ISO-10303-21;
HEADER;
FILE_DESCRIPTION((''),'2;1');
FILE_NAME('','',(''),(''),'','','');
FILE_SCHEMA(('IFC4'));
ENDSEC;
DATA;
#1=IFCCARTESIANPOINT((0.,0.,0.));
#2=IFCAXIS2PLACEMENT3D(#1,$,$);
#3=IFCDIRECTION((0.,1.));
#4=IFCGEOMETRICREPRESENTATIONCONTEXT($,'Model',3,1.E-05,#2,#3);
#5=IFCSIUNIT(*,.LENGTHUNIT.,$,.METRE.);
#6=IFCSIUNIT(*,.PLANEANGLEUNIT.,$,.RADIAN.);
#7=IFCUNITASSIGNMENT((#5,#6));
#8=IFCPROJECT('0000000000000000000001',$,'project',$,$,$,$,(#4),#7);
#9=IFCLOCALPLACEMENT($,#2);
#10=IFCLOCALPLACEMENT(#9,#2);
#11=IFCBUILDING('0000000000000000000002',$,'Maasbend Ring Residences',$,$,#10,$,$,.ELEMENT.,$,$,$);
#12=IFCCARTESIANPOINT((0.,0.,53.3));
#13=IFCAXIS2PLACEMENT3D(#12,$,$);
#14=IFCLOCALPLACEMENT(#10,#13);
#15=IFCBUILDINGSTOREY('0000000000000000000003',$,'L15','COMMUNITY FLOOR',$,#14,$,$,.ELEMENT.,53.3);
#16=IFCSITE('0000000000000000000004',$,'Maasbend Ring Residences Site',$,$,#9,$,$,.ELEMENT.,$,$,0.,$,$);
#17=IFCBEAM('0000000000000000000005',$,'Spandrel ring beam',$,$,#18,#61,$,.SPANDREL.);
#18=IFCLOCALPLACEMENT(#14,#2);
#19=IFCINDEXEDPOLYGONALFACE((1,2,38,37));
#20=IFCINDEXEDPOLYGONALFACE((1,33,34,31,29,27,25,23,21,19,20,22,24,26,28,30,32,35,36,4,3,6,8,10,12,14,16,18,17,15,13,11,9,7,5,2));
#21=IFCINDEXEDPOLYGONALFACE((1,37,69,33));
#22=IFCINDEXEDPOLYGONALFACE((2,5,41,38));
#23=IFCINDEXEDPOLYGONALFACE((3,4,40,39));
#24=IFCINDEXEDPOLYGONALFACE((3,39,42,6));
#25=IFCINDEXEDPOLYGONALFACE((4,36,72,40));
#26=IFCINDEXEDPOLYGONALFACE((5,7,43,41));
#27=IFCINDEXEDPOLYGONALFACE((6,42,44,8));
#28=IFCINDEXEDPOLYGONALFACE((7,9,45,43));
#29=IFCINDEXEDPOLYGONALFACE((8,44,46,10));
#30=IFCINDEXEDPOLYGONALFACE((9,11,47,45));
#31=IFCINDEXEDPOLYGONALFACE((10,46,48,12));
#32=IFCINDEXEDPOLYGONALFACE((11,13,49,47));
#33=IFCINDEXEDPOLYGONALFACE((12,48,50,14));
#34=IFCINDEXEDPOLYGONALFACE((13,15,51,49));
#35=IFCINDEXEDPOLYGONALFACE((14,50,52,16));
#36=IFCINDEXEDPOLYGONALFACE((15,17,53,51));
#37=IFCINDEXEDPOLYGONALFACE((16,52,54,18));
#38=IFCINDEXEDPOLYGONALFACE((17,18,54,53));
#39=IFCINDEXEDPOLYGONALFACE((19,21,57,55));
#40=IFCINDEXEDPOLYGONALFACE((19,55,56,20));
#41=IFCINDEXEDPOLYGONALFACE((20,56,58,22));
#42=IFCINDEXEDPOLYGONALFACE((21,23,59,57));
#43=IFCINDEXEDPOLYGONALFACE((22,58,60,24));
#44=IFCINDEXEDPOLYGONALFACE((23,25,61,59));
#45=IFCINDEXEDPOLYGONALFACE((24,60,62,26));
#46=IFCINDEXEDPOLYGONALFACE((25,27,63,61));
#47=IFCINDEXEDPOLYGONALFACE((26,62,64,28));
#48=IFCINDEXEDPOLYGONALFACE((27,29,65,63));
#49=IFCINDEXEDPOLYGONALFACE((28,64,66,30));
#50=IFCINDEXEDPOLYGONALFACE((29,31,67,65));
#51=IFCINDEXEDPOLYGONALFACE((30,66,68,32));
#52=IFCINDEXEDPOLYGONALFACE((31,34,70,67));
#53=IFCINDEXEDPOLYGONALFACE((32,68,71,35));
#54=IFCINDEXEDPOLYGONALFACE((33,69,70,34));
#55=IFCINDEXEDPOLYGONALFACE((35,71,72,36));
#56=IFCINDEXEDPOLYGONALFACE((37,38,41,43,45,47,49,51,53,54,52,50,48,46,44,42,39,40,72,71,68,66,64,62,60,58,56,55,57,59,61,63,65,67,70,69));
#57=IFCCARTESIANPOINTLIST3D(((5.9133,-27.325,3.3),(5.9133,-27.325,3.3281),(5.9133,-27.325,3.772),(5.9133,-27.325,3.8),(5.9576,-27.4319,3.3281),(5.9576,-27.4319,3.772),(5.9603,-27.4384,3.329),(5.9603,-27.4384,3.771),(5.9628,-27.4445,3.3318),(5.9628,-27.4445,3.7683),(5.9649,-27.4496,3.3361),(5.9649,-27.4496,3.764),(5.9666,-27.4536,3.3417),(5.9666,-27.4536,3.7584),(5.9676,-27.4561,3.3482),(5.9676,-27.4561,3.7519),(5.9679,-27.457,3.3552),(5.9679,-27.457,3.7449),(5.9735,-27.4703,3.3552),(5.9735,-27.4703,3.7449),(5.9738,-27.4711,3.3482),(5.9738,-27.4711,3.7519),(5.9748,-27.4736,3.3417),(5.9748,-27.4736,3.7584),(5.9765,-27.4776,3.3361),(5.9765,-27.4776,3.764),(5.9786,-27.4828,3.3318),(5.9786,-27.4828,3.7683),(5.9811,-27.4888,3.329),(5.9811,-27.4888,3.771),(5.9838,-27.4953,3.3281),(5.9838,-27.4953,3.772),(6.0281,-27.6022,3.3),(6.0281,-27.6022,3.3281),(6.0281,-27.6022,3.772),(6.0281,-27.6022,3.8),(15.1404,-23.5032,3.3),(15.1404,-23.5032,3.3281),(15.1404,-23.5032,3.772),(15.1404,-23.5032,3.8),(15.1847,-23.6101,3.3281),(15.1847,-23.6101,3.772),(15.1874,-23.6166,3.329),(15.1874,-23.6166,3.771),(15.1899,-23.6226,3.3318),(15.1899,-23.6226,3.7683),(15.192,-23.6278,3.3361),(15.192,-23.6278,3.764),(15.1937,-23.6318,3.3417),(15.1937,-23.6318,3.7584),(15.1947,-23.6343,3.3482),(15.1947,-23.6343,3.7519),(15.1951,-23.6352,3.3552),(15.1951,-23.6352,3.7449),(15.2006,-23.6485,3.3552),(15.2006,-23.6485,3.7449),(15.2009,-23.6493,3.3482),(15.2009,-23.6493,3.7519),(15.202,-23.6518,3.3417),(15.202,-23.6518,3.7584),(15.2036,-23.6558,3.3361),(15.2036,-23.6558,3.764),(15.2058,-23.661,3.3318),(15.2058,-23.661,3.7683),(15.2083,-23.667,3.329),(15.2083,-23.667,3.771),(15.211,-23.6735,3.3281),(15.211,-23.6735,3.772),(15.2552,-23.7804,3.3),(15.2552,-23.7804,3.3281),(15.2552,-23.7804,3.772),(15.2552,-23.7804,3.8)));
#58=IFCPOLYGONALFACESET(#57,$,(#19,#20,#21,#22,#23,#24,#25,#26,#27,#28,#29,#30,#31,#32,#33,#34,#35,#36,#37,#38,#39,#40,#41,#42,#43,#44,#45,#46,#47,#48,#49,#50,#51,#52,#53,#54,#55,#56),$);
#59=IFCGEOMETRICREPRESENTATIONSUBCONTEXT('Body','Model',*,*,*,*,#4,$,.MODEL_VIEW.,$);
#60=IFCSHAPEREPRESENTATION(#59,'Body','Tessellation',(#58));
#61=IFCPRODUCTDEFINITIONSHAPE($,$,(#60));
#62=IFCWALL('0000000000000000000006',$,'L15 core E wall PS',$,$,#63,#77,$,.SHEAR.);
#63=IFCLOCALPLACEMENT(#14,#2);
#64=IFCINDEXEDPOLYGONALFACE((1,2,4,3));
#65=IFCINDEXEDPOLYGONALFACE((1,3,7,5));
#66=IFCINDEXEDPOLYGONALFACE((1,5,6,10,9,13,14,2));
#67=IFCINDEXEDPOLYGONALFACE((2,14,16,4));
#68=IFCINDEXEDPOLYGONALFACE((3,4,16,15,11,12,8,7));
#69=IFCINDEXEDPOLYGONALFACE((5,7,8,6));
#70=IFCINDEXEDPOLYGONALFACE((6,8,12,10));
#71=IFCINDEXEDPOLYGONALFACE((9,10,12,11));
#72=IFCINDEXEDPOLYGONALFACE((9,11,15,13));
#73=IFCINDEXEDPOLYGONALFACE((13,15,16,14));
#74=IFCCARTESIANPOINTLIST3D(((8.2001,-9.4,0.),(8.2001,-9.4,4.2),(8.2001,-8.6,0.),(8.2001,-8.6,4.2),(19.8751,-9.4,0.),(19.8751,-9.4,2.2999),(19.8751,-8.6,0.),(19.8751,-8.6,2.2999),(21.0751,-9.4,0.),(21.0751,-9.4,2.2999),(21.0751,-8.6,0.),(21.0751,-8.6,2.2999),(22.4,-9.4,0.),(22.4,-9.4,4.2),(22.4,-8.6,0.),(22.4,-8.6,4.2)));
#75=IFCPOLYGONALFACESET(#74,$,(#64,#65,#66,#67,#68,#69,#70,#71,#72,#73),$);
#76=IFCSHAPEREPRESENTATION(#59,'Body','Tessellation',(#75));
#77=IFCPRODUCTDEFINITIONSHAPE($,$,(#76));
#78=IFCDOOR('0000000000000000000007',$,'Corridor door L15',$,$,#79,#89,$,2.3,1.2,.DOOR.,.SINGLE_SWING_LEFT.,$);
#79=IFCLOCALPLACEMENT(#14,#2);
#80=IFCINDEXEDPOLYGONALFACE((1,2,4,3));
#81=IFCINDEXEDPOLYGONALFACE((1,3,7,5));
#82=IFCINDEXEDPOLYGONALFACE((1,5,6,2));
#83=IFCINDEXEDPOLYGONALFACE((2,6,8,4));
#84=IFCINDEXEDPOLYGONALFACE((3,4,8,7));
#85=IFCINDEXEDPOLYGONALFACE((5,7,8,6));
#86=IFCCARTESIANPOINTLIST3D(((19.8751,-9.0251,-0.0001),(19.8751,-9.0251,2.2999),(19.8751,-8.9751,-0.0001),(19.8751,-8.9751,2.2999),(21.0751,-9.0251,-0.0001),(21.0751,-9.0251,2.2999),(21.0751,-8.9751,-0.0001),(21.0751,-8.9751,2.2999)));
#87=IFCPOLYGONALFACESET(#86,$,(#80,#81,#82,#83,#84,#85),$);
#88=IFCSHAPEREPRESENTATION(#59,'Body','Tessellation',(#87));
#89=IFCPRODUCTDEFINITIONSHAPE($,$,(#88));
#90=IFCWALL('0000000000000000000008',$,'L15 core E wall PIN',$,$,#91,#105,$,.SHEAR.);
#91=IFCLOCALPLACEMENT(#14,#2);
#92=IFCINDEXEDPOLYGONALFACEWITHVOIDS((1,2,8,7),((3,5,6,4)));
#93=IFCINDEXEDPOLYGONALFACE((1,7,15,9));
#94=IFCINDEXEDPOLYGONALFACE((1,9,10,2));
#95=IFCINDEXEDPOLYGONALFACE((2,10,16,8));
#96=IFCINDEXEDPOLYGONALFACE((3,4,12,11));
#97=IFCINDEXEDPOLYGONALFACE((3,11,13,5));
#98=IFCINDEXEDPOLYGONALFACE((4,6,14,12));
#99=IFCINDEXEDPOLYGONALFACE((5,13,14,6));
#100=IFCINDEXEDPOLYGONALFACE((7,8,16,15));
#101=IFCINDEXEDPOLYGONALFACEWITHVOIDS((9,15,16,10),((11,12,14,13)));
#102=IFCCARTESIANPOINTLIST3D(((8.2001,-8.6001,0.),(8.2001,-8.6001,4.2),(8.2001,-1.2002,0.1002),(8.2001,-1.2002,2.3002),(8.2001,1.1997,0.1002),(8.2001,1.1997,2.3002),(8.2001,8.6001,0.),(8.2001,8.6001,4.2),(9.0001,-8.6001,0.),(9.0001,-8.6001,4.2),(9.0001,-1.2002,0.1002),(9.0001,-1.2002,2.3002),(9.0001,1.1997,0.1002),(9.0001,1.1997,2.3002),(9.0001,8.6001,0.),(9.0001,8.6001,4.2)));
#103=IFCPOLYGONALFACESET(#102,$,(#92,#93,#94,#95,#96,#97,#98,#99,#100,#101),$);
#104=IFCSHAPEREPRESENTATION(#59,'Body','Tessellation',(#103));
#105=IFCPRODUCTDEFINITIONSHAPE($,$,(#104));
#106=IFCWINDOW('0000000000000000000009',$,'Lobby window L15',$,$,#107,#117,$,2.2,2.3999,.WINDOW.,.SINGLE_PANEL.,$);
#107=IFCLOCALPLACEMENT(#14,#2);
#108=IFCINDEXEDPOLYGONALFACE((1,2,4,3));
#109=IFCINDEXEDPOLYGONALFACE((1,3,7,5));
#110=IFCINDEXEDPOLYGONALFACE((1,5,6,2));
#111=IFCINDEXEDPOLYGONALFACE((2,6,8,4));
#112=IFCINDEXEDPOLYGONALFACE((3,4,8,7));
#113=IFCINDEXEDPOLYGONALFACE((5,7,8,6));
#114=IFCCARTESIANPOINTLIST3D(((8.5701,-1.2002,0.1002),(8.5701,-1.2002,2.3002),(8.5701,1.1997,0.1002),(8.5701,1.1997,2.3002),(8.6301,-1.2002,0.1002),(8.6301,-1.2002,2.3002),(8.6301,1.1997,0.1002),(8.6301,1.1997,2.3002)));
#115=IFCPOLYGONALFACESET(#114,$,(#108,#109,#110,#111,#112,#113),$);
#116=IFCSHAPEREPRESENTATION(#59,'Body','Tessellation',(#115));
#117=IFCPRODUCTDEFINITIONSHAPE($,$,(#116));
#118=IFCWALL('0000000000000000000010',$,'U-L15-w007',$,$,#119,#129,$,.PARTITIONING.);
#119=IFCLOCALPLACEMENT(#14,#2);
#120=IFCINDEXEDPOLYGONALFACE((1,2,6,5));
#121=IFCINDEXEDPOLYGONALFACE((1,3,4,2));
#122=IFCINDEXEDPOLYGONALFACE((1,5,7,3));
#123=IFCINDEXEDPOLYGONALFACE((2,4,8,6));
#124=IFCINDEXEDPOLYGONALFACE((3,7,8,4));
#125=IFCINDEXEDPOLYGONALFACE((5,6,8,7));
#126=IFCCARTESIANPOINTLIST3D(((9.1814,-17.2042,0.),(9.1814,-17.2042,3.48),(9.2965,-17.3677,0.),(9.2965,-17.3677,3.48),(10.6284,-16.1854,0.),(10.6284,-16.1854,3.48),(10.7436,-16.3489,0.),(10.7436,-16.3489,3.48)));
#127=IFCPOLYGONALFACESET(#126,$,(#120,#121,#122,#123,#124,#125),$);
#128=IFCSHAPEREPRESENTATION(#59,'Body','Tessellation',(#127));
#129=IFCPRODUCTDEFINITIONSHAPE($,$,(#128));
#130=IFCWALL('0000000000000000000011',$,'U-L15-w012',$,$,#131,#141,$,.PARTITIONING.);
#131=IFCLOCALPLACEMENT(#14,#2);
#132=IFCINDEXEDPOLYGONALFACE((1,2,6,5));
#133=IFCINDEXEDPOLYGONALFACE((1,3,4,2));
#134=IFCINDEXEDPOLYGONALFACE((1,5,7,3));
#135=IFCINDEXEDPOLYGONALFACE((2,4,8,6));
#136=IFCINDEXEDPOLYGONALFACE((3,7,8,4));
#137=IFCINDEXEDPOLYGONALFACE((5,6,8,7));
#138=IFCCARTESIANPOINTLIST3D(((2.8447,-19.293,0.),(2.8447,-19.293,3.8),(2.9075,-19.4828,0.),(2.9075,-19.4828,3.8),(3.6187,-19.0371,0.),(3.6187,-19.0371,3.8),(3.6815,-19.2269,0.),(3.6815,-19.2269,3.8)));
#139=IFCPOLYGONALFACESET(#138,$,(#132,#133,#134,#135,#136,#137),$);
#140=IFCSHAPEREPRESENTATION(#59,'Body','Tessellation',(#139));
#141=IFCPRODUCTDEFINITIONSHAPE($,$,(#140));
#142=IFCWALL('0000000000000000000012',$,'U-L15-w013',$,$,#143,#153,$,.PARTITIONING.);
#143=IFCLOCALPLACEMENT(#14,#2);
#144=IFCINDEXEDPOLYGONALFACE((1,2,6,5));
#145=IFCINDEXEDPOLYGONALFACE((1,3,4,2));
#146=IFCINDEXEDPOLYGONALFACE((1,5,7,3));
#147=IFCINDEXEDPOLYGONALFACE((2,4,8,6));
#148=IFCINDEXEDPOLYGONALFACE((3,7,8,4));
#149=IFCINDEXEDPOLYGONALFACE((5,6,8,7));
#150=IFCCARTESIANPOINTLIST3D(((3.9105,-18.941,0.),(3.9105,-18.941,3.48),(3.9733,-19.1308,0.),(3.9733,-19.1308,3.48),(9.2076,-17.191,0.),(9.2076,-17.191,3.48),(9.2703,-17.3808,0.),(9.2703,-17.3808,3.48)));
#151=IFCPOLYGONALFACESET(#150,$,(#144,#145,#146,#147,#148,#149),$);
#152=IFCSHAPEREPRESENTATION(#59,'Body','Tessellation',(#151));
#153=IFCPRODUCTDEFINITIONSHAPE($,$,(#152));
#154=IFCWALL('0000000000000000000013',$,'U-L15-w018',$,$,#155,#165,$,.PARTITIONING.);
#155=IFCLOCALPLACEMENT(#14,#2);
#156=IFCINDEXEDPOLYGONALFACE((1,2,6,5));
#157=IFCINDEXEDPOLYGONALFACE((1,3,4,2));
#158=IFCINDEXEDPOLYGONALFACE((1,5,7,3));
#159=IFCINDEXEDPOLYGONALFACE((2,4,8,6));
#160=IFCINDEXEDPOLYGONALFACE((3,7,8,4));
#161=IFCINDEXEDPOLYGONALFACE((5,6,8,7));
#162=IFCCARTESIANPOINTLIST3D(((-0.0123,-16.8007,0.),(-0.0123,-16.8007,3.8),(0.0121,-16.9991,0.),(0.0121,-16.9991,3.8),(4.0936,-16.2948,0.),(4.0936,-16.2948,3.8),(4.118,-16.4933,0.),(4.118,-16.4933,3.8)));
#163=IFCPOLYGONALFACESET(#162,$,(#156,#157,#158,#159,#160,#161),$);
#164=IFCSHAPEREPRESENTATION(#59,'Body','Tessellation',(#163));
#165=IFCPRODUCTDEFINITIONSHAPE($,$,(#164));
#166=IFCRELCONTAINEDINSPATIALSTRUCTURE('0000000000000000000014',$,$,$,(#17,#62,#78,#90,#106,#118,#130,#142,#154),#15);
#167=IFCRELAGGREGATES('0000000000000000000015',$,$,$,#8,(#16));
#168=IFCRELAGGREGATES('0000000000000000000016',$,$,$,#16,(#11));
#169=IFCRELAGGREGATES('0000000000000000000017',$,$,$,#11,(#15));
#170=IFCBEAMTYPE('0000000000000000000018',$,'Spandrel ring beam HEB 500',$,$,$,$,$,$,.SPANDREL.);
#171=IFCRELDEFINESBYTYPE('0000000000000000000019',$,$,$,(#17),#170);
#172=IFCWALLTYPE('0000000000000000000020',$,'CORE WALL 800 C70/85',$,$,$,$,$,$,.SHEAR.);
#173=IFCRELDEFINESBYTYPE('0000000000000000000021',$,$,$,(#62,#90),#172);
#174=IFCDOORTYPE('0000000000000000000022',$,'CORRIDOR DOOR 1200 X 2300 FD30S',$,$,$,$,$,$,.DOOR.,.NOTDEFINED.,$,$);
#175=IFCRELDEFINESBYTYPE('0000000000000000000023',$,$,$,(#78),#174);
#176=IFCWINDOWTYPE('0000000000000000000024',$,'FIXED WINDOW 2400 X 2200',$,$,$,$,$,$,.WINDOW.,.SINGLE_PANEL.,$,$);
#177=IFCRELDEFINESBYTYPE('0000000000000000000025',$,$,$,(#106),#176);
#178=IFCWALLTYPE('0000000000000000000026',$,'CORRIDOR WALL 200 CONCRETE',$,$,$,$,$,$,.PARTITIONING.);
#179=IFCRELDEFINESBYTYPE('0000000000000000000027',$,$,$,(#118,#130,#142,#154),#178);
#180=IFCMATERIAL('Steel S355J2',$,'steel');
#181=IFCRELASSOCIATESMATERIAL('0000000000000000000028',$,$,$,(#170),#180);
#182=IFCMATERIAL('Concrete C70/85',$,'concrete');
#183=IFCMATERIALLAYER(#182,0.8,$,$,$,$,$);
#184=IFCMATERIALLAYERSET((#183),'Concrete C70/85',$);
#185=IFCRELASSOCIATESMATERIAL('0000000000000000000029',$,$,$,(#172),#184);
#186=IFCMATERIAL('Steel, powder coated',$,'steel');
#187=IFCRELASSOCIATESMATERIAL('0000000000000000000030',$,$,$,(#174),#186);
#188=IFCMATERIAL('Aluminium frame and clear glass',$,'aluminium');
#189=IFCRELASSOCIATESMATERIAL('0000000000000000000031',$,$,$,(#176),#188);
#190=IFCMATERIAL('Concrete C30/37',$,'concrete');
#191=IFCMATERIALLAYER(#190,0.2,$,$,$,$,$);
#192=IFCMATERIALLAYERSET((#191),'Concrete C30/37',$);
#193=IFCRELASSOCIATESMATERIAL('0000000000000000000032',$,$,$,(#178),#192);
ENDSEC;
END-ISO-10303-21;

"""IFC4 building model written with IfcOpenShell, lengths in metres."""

from ifc_helpers import new_model, si_unit, direction, frame, frame_2d, origin, origin_2d, place, context, subcontext, project, spatial, rectangle, i_section, extrude, material, layer, layer_set, material_profile, profile_set, type_object, element, fill, save


model = new_model("IFC4")

# Units and contexts
model_context = context("Model", 3, precision=1e-05, world=origin(), true_north=direction((0.0, 1.0)))
body_context = subcontext(model_context, "Body", "Model", "MODEL_VIEW")
ifc_project = project(units=[si_unit("LENGTHUNIT", "METRE"), si_unit("PLANEANGLEUNIT", "RADIAN")], contexts=[model_context])

# Site, building, storey
site_placement = place(None, origin())
site = spatial("IfcSite", under=ifc_project, at=site_placement, Name="Maasbend Ring Residences Site", CompositionType="ELEMENT", RefElevation=0.0)
building_placement = place(site_placement, origin())
building = spatial("IfcBuilding", under=site, at=building_placement, Name="Maasbend Ring Residences", CompositionType="ELEMENT")
storey_placement = place(building_placement, frame((0.0, 0.0, 53.3)))
storey = spatial("IfcBuildingStorey", under=building, at=storey_placement, Name="L15", Description="COMMUNITY FLOOR", CompositionType="ELEMENT", Elevation=53.3)

# Beam
ifc_material_1 = material(Name="Steel S355J2", Category="steel")
ifc_material_profile_1 = material_profile(ifc_material_1, i_section(OverallWidth=0.3, OverallDepth=0.5, WebThickness=0.0144, FlangeThickness=0.0281, FilletRadius=0.0271, at=origin_2d()), Name="HEB 500")
ifc_profile_set_1 = profile_set([ifc_material_profile_1], Name="Steel S355J2")
beam_type_1 = type_object("IfcBeamType", Name="Spandrel ring beam HEB 500", PredefinedType="SPANDREL", material=ifc_profile_set_1)
beam_1_placement = place(storey_placement, frame((5.9707, -27.4636, 3.55), z_axis=(0.923886, 0.382667, 0.0), x_axis=(-0.382667, 0.923886, 0.0)))
element("IfcBeam", 1, at=beam_1_placement, inside=storey, type_object=beam_type_1, Name="Spandrel ring beam", PredefinedType="SPANDREL", context=body_context, shape_type="SweptSolid", body=[
    extrude(i_section(OverallWidth=0.3, OverallDepth=0.5, WebThickness=0.0144, FlangeThickness=0.0281, FilletRadius=0.0271, at=origin_2d()), origin(), (0.0, 0.0, 1.0), 9.9873),
])

# Wall, opening, door
ifc_material_2 = material(Name="Concrete C70/85", Category="concrete")
ifc_layer_1 = layer(ifc_material_2, 0.8)
ifc_layer_set_1 = layer_set([ifc_layer_1], Name="Concrete C70/85")
wall_type_1 = type_object("IfcWallType", Name="CORE WALL 800 C70/85", PredefinedType="SHEAR", material=ifc_layer_set_1)
wall_1_placement = place(storey_placement, frame((8.2, -9.0, 0.0), z_axis=(0.0, 0.0, 1.0), x_axis=(1.0, 0.0, 0.0)))
wall_1 = element("IfcWall", 2, at=wall_1_placement, inside=storey, type_object=wall_type_1, Name="L15 core E wall PS", PredefinedType="SHEAR", context=body_context, shape_type="SweptSolid", body=[
    extrude(rectangle(XDim=14.2, YDim=0.8, at=frame_2d((7.1001, 0.0))), origin(), (0.0, 0.0, 1.0), 4.2),
])
opening_1_placement = place(wall_1_placement, frame((11.675, 0.0, 0.0)))
opening_1 = element("IfcOpeningElement", 3, at=opening_1_placement, cuts=wall_1, PredefinedType="OPENING", context=body_context, shape_type="SweptSolid", body=[
    extrude(rectangle(XDim=1.2, YDim=2.3, at=frame_2d((0.6001, 1.1499))), frame((0.0, 0.4102, 0.0), z_axis=(0.0, -1.0, 0.0), x_axis=(1.0, 0.0, 0.0)), (0.0, 0.0, 1.0), 0.8201),
])
ifc_material_3 = material(Name="Steel, powder coated", Category="steel")
door_type_1 = type_object("IfcDoorType", Name="CORRIDOR DOOR 1200 X 2300 FD30S", OperationType="NOTDEFINED", PredefinedType="DOOR", material=ifc_material_3)
door_1_placement = place(opening_1_placement, origin())
door_1 = element("IfcDoor", 4, at=door_1_placement, inside=storey, type_object=door_type_1, Name="Corridor door L15", OperationType="SINGLE_SWING_LEFT", OverallHeight=2.3, OverallWidth=1.2, PredefinedType="DOOR", context=body_context, shape_type="SweptSolid", body=[
    extrude(rectangle(XDim=1.2, YDim=2.3, at=frame_2d((0.6001, 1.1499))), frame((0.0, 0.0249, 0.0), z_axis=(0.0, -1.0, 0.0), x_axis=(1.0, 0.0, 0.0)), (0.0, 0.0, 1.0), 0.05),
])
fill(opening_1, door_1)

# Wall, opening, window
wall_2_placement = place(storey_placement, frame((8.6001, -8.6001, 0.0), z_axis=(0.0, 0.0, 1.0), x_axis=(0.0, 1.0, 0.0)))
wall_2 = element("IfcWall", 5, at=wall_2_placement, inside=storey, type_object=wall_type_1, Name="L15 core E wall PIN", PredefinedType="SHEAR", context=body_context, shape_type="SweptSolid", body=[
    extrude(rectangle(XDim=17.2002, YDim=0.8, at=frame_2d((8.6001, 0.0))), origin(), (0.0, 0.0, 1.0), 4.2),
])
opening_2_placement = place(wall_2_placement, frame((7.3999, 0.0, 0.1001)))
opening_2 = element("IfcOpeningElement", 6, at=opening_2_placement, cuts=wall_2, PredefinedType="OPENING", context=body_context, shape_type="SweptSolid", body=[
    extrude(rectangle(XDim=2.3999, YDim=2.2, at=frame_2d((1.2, 1.1001))), frame((0.0, 0.4102, 0.0), z_axis=(0.0, -1.0, 0.0), x_axis=(1.0, 0.0, 0.0)), (0.0, 0.0, 1.0), 0.8201),
])
ifc_material_4 = material(Name="Aluminium frame and clear glass", Category="aluminium")
window_type = type_object("IfcWindowType", Name="FIXED WINDOW 2400 X 2200", PartitioningType="SINGLE_PANEL", PredefinedType="WINDOW", material=ifc_material_4)
window_placement = place(opening_2_placement, origin())
window = element("IfcWindow", 7, at=window_placement, inside=storey, type_object=window_type, Name="Lobby window L15", OverallHeight=2.2, OverallWidth=2.3999, PartitioningType="SINGLE_PANEL", PredefinedType="WINDOW", context=body_context, shape_type="SweptSolid", body=[
    extrude(rectangle(XDim=2.3999, YDim=2.2, at=frame_2d((1.2, 1.1001))), frame((0.0, 0.03, 0.0), z_axis=(0.0, -1.0, 0.0), x_axis=(1.0, 0.0, 0.0)), (0.0, 0.0, 1.0), 0.0601),
])
fill(opening_2, window)

# Walls
ifc_material_5 = material(Name="Concrete C30/37", Category="concrete")
ifc_layer_2 = layer(ifc_material_5, 0.2)
ifc_layer_set_2 = layer_set([ifc_layer_2], Name="Concrete C30/37")
wall_type_2 = type_object("IfcWallType", Name="CORRIDOR WALL 200 CONCRETE", PredefinedType="PARTITIONING", material=ifc_layer_set_2)
wall_3_placement = place(storey_placement, frame((9.239, -17.2859, 0.0), z_axis=(0.0, 0.0, 1.0), x_axis=(0.817667, 0.575692, 0.0)))
element("IfcWall", 8, at=wall_3_placement, inside=storey, type_object=wall_type_2, Name="U-L15-w007", PredefinedType="PARTITIONING", context=body_context, shape_type="SweptSolid", body=[
    extrude(rectangle(XDim=1.7698, YDim=0.2, at=frame_2d((0.8848, 0.0))), origin(), (0.0, 0.0, 1.0), 3.48),
])
wall_4_placement = place(storey_placement, frame((2.876, -19.3879, 0.0), z_axis=(0.0, 0.0, 1.0), x_axis=(0.949459, 0.313891, 0.0)))
element("IfcWall", 9, at=wall_4_placement, inside=storey, type_object=wall_type_2, Name="U-L15-w012", PredefinedType="PARTITIONING", context=body_context, shape_type="SweptSolid", body=[
    extrude(rectangle(XDim=0.8152, YDim=0.2, at=frame_2d((0.4077, 0.0))), origin(), (0.0, 0.0, 1.0), 3.8),
])
wall_5_placement = place(storey_placement, frame((3.9419, -19.0359, 0.0), z_axis=(0.0, 0.0, 1.0), x_axis=(0.949525, 0.313693, 0.0)))
element("IfcWall", 10, at=wall_5_placement, inside=storey, type_object=wall_type_2, Name="U-L15-w013", PredefinedType="PARTITIONING", context=body_context, shape_type="SweptSolid", body=[
    extrude(rectangle(XDim=5.5786, YDim=0.2, at=frame_2d((2.7893, 0.0))), origin(), (0.0, 0.0, 1.0), 3.48),
])
wall_6_placement = place(storey_placement, frame((0.0, -16.8999, 0.0), z_axis=(0.0, 0.0, 1.0), x_axis=(0.992496, 0.122277, 0.0)))
element("IfcWall", 11, at=wall_6_placement, inside=storey, type_object=wall_type_2, Name="U-L15-w018", PredefinedType="PARTITIONING", context=body_context, shape_type="SweptSolid", body=[
    extrude(rectangle(XDim=4.137, YDim=0.2, at=frame_2d((2.0684, 0.0))), origin(), (0.0, 0.0, 1.0), 3.8),
])

save(model, "model.ifc")
